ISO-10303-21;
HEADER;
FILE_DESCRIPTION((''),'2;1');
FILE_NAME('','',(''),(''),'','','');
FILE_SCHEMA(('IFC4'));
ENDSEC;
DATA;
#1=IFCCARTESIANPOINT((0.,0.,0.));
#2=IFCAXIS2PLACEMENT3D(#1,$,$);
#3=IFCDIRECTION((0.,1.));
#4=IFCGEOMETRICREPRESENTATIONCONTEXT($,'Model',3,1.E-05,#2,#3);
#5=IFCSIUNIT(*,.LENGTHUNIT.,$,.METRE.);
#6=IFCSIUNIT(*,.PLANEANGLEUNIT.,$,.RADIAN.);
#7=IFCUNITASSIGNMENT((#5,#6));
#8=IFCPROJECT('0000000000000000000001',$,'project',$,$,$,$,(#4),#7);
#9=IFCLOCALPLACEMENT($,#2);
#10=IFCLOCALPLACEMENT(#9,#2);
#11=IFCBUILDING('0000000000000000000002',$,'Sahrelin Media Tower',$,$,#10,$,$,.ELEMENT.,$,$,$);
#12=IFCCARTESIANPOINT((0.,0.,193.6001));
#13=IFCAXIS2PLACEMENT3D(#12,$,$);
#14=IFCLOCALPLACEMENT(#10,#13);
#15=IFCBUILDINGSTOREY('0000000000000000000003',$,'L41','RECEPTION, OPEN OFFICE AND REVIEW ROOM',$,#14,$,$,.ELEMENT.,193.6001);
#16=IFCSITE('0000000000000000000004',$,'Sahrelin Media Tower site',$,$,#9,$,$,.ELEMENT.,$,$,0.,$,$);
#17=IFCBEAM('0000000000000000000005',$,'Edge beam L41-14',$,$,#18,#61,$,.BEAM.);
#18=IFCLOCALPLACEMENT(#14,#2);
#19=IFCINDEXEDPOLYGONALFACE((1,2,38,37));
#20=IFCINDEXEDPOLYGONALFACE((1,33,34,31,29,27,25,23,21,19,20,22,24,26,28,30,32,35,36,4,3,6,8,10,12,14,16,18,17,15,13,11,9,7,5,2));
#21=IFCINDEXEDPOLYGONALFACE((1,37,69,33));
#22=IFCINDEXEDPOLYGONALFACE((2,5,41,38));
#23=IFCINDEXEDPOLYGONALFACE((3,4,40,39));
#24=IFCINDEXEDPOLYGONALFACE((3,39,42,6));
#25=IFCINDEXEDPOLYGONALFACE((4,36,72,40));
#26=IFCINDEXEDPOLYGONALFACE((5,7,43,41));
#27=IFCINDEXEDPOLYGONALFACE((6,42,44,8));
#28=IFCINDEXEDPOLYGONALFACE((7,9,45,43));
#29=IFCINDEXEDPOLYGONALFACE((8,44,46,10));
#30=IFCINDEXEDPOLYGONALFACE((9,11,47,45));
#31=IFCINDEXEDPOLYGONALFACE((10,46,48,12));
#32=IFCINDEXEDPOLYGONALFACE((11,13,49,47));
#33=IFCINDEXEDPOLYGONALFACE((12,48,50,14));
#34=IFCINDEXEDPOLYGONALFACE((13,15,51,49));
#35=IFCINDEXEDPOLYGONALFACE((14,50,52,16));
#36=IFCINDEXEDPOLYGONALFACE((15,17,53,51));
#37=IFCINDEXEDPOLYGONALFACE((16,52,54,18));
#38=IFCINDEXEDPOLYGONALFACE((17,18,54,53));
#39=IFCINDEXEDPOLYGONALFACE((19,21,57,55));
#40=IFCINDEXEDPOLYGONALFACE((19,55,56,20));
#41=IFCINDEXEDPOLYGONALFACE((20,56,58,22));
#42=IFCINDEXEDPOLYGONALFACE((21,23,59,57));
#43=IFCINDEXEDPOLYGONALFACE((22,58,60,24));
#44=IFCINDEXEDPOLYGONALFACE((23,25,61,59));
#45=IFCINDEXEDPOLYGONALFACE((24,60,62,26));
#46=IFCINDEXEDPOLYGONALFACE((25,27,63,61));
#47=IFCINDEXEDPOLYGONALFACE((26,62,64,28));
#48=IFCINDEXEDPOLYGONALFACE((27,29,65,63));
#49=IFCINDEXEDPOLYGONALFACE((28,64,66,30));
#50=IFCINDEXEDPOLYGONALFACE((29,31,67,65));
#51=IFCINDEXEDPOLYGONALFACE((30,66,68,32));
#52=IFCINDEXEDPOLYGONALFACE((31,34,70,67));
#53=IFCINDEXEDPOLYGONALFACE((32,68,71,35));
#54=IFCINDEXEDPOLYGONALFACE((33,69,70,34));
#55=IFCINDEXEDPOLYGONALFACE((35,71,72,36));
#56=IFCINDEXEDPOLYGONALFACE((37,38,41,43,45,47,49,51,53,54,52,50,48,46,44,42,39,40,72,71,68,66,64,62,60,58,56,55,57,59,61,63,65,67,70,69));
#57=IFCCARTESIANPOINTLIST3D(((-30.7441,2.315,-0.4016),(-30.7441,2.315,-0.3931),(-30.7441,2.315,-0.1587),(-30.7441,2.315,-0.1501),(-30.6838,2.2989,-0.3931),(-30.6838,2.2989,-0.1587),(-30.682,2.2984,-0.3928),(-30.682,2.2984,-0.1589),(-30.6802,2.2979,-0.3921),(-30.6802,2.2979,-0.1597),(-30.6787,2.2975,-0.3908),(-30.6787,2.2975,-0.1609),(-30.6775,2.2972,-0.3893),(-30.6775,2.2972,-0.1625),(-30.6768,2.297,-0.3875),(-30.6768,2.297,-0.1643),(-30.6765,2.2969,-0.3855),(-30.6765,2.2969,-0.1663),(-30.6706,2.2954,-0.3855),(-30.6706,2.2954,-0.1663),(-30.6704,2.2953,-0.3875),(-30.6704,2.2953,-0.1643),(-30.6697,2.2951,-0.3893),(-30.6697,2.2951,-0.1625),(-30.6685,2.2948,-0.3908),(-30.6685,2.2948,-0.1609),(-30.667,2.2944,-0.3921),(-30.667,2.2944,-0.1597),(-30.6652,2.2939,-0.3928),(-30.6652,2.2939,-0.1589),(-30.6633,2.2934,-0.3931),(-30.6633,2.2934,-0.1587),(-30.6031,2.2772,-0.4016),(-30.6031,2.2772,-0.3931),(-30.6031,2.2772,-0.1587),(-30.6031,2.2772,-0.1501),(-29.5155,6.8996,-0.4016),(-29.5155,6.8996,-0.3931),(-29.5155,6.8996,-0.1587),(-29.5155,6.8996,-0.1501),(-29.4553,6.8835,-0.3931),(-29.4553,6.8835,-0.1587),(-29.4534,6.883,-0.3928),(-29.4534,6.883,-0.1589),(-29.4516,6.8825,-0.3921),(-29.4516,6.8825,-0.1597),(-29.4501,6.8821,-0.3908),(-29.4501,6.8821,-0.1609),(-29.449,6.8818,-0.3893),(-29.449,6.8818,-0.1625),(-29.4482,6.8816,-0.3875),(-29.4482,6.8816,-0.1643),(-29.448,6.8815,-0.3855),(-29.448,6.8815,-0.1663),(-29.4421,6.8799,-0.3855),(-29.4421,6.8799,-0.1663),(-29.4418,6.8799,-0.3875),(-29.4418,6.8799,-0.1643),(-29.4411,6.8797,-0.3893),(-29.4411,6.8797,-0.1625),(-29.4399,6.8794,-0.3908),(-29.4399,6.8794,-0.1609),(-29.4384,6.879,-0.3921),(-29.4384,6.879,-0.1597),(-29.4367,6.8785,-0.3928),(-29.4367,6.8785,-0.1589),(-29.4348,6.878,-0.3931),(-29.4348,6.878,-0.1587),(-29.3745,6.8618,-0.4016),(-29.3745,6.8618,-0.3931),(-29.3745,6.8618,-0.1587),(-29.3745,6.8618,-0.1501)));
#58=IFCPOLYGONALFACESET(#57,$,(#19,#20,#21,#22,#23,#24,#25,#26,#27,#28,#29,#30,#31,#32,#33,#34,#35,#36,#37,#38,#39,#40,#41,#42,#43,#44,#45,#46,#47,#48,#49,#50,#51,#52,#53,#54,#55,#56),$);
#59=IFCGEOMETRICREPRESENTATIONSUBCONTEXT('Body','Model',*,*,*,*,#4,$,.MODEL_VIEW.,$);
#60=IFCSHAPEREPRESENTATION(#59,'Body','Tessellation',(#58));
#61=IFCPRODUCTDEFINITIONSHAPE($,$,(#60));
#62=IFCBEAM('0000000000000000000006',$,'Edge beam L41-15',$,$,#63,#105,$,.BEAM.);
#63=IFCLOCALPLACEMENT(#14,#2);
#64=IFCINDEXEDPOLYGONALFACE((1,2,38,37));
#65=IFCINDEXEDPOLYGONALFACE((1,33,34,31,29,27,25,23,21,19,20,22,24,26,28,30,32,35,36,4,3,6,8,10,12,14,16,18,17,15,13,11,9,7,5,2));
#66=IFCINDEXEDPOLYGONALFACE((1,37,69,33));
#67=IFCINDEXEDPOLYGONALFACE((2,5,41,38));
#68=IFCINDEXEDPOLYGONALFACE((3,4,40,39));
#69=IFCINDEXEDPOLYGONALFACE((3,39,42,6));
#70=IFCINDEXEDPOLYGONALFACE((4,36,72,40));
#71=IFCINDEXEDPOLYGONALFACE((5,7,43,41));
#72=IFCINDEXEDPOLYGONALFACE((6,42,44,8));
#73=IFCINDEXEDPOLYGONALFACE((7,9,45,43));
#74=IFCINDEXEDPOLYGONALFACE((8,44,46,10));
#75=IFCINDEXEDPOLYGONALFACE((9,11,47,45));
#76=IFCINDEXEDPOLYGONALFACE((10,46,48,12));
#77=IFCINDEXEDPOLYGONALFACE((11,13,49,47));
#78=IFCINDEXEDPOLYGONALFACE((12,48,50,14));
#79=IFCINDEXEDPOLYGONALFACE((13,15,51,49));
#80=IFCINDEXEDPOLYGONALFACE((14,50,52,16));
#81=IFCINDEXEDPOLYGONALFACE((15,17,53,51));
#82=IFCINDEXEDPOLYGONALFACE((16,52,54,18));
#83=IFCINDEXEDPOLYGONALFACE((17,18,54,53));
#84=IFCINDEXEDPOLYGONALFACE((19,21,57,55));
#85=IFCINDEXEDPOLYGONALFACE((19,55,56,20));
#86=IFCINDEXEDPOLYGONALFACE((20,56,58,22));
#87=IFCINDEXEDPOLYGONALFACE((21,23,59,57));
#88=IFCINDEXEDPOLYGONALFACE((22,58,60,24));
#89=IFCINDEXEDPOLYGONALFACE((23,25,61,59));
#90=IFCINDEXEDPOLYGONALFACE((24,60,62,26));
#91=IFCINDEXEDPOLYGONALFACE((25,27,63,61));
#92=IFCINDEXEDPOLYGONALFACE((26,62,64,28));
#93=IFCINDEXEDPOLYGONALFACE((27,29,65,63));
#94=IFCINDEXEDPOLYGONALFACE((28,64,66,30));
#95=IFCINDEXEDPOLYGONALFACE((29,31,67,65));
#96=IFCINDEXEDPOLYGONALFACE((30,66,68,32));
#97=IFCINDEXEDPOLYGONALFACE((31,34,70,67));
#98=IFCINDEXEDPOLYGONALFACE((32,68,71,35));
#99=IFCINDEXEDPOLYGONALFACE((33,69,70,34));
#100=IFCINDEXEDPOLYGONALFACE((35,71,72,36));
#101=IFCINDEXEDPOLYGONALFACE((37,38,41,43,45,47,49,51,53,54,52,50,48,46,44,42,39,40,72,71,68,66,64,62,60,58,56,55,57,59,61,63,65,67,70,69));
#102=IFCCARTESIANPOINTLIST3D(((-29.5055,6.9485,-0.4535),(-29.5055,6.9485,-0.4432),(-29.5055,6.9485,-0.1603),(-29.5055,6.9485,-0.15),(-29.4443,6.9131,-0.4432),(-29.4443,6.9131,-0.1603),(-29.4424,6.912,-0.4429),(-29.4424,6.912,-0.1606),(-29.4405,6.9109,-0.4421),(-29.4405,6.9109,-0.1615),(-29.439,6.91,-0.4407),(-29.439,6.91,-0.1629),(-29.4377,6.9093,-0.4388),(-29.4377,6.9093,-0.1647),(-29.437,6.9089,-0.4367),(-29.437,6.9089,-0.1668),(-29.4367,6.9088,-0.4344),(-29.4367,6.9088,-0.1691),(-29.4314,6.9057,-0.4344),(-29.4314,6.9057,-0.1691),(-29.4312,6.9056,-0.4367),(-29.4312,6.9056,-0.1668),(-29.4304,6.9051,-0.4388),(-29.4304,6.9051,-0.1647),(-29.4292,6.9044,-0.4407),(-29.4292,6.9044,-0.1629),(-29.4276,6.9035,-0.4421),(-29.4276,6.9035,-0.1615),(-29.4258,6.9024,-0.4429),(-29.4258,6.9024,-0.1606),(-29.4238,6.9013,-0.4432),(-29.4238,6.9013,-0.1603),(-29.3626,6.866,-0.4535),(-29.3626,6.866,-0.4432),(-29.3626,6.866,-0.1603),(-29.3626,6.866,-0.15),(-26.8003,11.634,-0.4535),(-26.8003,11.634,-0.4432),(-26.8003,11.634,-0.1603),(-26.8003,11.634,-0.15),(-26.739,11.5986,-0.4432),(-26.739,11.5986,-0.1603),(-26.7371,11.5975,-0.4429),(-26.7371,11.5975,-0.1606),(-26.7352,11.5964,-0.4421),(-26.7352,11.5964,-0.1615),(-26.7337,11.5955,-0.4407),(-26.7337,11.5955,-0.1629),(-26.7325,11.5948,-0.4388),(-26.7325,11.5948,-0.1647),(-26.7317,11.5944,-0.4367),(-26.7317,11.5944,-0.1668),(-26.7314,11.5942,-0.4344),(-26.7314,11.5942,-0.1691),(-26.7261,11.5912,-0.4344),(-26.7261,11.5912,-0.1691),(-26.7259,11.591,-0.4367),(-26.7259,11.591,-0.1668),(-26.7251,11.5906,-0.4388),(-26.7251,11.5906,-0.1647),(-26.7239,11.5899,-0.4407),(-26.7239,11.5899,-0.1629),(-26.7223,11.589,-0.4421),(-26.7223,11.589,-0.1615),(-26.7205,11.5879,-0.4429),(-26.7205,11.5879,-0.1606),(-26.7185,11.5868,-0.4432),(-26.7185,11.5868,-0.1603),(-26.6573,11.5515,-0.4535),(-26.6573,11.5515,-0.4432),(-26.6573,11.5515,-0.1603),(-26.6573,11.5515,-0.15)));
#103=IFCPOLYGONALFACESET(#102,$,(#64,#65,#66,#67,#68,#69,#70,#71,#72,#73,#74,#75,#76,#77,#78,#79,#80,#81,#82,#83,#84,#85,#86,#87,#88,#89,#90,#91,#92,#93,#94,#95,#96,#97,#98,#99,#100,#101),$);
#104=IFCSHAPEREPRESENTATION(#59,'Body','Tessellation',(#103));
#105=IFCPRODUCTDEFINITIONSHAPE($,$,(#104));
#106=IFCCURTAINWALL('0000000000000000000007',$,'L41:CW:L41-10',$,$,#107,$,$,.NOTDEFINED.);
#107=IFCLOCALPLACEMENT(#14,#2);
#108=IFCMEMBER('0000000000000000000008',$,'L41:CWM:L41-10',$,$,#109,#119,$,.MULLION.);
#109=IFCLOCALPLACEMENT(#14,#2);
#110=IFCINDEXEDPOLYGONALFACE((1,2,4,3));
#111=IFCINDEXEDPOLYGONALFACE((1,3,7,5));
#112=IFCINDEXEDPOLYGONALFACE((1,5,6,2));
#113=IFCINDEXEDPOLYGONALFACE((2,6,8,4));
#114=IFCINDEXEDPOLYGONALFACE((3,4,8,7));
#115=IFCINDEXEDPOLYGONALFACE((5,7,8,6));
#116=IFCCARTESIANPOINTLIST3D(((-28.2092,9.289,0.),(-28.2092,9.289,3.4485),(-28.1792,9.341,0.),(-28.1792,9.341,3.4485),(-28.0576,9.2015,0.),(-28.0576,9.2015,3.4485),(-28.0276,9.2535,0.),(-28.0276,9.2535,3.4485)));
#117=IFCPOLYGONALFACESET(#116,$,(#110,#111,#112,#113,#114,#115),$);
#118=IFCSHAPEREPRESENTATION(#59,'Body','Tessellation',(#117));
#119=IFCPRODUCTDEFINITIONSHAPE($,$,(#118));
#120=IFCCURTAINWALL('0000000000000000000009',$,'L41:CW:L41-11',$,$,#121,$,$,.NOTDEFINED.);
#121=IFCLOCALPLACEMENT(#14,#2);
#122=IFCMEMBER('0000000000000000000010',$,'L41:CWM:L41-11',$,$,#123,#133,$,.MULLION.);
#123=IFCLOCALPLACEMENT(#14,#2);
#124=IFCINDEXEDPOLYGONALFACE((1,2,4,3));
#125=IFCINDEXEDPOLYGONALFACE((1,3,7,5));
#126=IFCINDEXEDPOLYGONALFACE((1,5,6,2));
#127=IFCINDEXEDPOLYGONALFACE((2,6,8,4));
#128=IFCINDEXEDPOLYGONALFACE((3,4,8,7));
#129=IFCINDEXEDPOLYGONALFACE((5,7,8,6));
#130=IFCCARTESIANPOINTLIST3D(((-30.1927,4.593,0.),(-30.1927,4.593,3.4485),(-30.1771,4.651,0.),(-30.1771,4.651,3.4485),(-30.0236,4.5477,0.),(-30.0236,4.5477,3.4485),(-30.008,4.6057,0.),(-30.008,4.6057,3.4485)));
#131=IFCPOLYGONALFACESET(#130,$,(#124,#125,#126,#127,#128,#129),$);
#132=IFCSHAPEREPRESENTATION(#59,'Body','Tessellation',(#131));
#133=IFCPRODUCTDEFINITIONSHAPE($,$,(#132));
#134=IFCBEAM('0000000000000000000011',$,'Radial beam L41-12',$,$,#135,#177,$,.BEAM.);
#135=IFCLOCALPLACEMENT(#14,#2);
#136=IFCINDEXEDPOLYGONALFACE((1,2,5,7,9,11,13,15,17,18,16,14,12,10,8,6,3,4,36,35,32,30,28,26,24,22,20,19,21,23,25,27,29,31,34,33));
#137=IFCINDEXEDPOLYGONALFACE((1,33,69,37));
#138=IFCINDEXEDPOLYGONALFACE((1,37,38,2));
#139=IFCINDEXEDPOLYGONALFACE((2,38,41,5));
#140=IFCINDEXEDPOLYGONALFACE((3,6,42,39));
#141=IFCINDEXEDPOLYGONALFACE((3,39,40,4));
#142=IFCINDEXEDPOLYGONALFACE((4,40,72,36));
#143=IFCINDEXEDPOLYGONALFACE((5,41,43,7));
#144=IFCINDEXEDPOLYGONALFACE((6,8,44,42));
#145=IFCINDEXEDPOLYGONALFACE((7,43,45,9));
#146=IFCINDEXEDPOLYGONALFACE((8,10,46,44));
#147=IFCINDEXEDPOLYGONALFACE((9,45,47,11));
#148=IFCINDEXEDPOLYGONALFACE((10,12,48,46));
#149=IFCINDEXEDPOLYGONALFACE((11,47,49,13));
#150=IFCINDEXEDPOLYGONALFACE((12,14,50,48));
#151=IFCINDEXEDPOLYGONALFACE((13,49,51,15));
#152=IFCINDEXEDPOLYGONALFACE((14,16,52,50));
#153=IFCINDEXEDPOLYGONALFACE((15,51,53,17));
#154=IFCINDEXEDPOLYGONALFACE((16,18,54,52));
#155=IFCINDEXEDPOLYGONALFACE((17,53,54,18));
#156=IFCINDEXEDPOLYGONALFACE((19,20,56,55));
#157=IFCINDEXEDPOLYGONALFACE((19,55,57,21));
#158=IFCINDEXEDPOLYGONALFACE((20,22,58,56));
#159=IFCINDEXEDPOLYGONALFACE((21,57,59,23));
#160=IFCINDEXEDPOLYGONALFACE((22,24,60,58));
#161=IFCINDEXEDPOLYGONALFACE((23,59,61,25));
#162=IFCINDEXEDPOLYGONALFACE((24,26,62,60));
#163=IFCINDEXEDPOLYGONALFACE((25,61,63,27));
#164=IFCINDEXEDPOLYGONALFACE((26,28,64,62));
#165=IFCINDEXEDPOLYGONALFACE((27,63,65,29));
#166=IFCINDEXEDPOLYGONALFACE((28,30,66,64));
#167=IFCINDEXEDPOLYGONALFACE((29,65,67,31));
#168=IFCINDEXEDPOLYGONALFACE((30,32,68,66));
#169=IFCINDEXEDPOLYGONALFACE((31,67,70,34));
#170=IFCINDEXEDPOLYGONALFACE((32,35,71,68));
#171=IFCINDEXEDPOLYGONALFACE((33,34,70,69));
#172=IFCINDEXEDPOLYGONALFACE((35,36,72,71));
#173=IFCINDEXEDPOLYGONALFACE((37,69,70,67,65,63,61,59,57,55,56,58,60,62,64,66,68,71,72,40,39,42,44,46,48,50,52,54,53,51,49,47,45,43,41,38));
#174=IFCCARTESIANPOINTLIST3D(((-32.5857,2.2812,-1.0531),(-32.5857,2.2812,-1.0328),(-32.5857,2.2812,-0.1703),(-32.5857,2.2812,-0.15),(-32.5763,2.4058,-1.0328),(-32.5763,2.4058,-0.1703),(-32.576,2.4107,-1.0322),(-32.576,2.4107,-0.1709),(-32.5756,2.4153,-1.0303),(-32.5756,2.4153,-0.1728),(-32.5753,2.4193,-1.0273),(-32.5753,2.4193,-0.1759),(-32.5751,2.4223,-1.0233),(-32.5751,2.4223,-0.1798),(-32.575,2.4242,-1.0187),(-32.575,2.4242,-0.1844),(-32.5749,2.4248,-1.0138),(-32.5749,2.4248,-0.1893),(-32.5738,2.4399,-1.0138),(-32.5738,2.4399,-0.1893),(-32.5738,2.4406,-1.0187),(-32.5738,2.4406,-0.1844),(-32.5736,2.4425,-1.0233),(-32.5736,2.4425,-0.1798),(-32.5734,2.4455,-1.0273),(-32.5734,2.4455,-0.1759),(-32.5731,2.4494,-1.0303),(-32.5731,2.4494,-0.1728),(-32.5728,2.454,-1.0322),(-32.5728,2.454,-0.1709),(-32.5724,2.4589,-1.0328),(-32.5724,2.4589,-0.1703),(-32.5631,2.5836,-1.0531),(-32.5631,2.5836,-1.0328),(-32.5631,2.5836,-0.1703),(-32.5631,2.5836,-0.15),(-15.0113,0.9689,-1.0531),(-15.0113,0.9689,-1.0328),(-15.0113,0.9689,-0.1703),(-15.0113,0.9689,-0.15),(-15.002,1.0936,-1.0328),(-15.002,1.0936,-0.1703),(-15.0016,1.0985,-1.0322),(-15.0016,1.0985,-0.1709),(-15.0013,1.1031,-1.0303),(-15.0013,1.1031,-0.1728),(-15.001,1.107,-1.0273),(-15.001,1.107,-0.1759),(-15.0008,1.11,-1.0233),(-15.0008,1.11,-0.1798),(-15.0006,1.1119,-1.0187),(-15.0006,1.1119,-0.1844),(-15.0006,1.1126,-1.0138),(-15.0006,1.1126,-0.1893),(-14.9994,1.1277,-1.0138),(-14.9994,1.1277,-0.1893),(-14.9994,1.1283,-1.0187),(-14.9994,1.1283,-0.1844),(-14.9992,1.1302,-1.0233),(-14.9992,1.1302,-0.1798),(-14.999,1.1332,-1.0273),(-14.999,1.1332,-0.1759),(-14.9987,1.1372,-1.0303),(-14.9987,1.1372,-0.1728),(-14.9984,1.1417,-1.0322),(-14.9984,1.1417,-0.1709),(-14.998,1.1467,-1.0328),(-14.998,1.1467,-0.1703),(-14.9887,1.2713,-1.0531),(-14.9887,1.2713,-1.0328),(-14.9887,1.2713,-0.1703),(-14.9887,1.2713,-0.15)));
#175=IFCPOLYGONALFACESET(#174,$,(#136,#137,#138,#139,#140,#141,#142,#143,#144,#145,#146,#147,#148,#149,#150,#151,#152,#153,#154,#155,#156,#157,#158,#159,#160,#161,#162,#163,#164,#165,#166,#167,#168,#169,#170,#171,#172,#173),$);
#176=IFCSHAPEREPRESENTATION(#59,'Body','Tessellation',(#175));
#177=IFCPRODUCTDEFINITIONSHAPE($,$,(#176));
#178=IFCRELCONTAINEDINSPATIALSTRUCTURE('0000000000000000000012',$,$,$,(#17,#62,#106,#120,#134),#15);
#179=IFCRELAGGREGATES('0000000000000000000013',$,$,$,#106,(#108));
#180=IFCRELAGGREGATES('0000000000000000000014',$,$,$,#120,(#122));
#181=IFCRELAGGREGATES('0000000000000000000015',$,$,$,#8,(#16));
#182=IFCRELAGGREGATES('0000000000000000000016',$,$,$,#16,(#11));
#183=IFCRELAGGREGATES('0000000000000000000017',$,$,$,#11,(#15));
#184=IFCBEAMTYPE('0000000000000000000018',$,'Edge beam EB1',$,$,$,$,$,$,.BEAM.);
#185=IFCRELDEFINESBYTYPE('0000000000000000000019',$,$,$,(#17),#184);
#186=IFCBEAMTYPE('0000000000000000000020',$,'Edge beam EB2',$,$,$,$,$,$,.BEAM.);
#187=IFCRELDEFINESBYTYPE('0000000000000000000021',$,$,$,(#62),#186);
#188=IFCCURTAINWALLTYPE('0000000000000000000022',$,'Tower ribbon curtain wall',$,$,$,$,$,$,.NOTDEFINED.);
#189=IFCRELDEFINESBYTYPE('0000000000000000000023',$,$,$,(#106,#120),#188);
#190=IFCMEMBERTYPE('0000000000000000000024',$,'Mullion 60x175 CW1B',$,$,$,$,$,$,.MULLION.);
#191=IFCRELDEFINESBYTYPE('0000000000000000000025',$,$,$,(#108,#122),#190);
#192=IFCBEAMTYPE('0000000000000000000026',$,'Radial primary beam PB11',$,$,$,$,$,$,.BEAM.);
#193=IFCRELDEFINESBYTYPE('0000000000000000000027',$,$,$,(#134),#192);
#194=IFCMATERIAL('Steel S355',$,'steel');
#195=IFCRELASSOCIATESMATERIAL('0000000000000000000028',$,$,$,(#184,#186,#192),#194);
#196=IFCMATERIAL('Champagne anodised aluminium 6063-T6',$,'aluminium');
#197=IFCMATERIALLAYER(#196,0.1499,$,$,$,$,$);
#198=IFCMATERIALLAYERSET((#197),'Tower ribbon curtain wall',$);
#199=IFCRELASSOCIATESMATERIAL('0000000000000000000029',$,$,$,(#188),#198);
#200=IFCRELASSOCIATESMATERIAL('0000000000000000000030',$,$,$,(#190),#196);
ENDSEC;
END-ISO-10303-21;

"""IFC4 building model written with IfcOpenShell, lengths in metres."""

from ifc_helpers import new_model, si_unit, direction, frame, origin, origin_2d, place, context, subcontext, project, spatial, rectangle, i_section, extrude, material, layer, layer_set, material_profile, profile_set, type_object, element, aggregate, save


model = new_model("IFC4")

# Units and contexts
model_context = context("Model", 3, precision=1e-05, world=origin(), true_north=direction((0.0, 1.0)))
body_context = subcontext(model_context, "Body", "Model", "MODEL_VIEW")
ifc_project = project(units=[si_unit("LENGTHUNIT", "METRE"), si_unit("PLANEANGLEUNIT", "RADIAN")], contexts=[model_context])

# Site, building, storey
site_placement = place(None, origin())
site = spatial("IfcSite", under=ifc_project, at=site_placement, Name="Sahrelin Media Tower site", CompositionType="ELEMENT", RefElevation=0.0)
building_placement = place(site_placement, origin())
building = spatial("IfcBuilding", under=site, at=building_placement, Name="Sahrelin Media Tower", CompositionType="ELEMENT")
storey_placement = place(building_placement, frame((0.0, 0.0, 193.6001)))
storey = spatial("IfcBuildingStorey", under=building, at=storey_placement, Name="L41", Description="RECEPTION, OPEN OFFICE AND REVIEW ROOM", CompositionType="ELEMENT", Elevation=193.6001)

# Beams
ifc_material_1 = material(Name="Steel S355", Category="steel")
ifc_material_profile_1 = material_profile(ifc_material_1, i_section(OverallWidth=0.146, OverallDepth=0.2515, WebThickness=0.0061, FlangeThickness=0.0085, FilletRadius=0.0076, at=origin_2d()), Name="UB 254x146x31")
ifc_profile_set_1 = profile_set([ifc_material_profile_1], Name="Steel S355")
beam_type_1 = type_object("IfcBeamType", Name="Edge beam EB1", PredefinedType="BEAM", material=ifc_profile_set_1)
beam_1_placement = place(storey_placement, frame((-30.6736, 2.2961, -0.2759), z_axis=(0.258841, 0.96592, 0.0), x_axis=(-0.96592, 0.258841, 0.0)))
element("IfcBeam", 1, at=beam_1_placement, inside=storey, type_object=beam_type_1, Name="Edge beam L41-14", PredefinedType="BEAM", context=body_context, shape_type="SweptSolid", body=[
    extrude(i_section(OverallWidth=0.146, OverallDepth=0.2515, WebThickness=0.0061, FlangeThickness=0.0085, FilletRadius=0.0076, at=origin_2d()), origin(), (0.0, 0.0, 1.0), 4.7463),
])
ifc_material_profile_2 = material_profile(ifc_material_1, i_section(OverallWidth=0.165, OverallDepth=0.3035, WebThickness=0.0061, FlangeThickness=0.0103, FilletRadius=0.0088, at=origin_2d()), Name="UB 305x165x40")
ifc_profile_set_2 = profile_set([ifc_material_profile_2], Name="Steel S355")
beam_type_2 = type_object("IfcBeamType", Name="Edge beam EB2", PredefinedType="BEAM", material=ifc_profile_set_2)
beam_2_placement = place(storey_placement, frame((-29.4341, 6.9072, -0.3018), z_axis=(0.500017, 0.866016, 0.0), x_axis=(-0.866016, 0.500017, 0.0)))
element("IfcBeam", 2, at=beam_2_placement, inside=storey, type_object=beam_type_2, Name="Edge beam L41-15", PredefinedType="BEAM", context=body_context, shape_type="SweptSolid", body=[
    extrude(i_section(OverallWidth=0.165, OverallDepth=0.3035, WebThickness=0.0061, FlangeThickness=0.0103, FilletRadius=0.0088, at=origin_2d()), origin(), (0.0, 0.0, 1.0), 5.4104),
])

# Curtain walls, members
ifc_material_2 = material(Name="Champagne anodised aluminium 6063-T6", Category="aluminium")
ifc_layer_1 = layer(ifc_material_2, 0.1499)
ifc_layer_set_1 = layer_set([ifc_layer_1], Name="Tower ribbon curtain wall")
curtain_wall_type = type_object("IfcCurtainWallType", Name="Tower ribbon curtain wall", PredefinedType="NOTDEFINED", material=ifc_layer_set_1)
curtain_wall_1_placement = place(storey_placement, frame((-28.2112, 9.325, 0.0), z_axis=(0.0, 0.0, 1.0), x_axis=(1.0, 0.0, 0.0)))
curtain_wall_1 = element("IfcCurtainWall", 3, at=curtain_wall_1_placement, inside=storey, type_object=curtain_wall_type, Name="L41:CW:L41-10", PredefinedType="NOTDEFINED")
ifc_material_profile_3 = material_profile(ifc_material_2, rectangle(XDim=0.0601, YDim=0.175, at=origin_2d()), Name="Mullion 60x175")
ifc_profile_set_3 = profile_set([ifc_material_profile_3], Name="Champagne anodised aluminium 6063-T6")
member_type_1 = type_object("IfcMemberType", Name="Mullion 60x175 CW1B", PredefinedType="MULLION", material=ifc_profile_set_3)
member_1_placement = place(storey_placement, frame((-28.1184, 9.2712, 0.0), z_axis=(0.0, 0.0, 1.0), x_axis=(-0.499997, -0.866027, 0.0)))
member_1 = element("IfcMember", 4, at=member_1_placement, type_object=member_type_1, Name="L41:CWM:L41-10", PredefinedType="MULLION", context=body_context, shape_type="SweptSolid", body=[
    extrude(rectangle(XDim=0.0601, YDim=0.175, at=origin_2d()), origin(), (0.0, 0.0, 1.0), 3.4485),
])
aggregate(curtain_wall_1, [member_1])
curtain_wall_2_placement = place(storey_placement, frame((-30.2041, 4.6272, 0.0), z_axis=(0.0, 0.0, 1.0), x_axis=(1.0, 0.0, 0.0)))
curtain_wall_2 = element("IfcCurtainWall", 5, at=curtain_wall_2_placement, inside=storey, type_object=curtain_wall_type, Name="L41:CW:L41-11", PredefinedType="NOTDEFINED")
member_2_placement = place(storey_placement, frame((-30.1003, 4.5994, 0.0), z_axis=(0.0, 0.0, 1.0), x_axis=(-0.258829, -0.965923, 0.0)))
member_2 = element("IfcMember", 6, at=member_2_placement, type_object=member_type_1, Name="L41:CWM:L41-11", PredefinedType="MULLION", context=body_context, shape_type="SweptSolid", body=[
    extrude(rectangle(XDim=0.0601, YDim=0.175, at=origin_2d()), origin(), (0.0, 0.0, 1.0), 3.4485),
])

# Beam
ifc_material_profile_4 = material_profile(ifc_material_1, i_section(OverallWidth=0.3032, OverallDepth=0.9031, WebThickness=0.0151, FlangeThickness=0.0203, FilletRadius=0.019, at=origin_2d()), Name="UB 914x305x201")
ifc_profile_set_4 = profile_set([ifc_material_profile_4], Name="Steel S355")
beam_type_3 = type_object("IfcBeamType", Name="Radial primary beam PB11", PredefinedType="BEAM", material=ifc_profile_set_4)
beam_3_placement = place(storey_placement, frame((-15.0, 1.1201, -0.6016), z_axis=(-0.997224, 0.074461, 0.0), x_axis=(-0.074461, -0.997224, 0.0)))
element("IfcBeam", 7, at=beam_3_placement, inside=storey, type_object=beam_type_3, Name="Radial beam L41-12", PredefinedType="BEAM", context=body_context, shape_type="SweptSolid", body=[
    extrude(i_section(OverallWidth=0.3032, OverallDepth=0.9031, WebThickness=0.0151, FlangeThickness=0.0203, FilletRadius=0.019, at=origin_2d()), origin(), (0.0, 0.0, 1.0), 17.6233),
])

aggregate(curtain_wall_2, [member_2])

save(model, "model.ifc")
